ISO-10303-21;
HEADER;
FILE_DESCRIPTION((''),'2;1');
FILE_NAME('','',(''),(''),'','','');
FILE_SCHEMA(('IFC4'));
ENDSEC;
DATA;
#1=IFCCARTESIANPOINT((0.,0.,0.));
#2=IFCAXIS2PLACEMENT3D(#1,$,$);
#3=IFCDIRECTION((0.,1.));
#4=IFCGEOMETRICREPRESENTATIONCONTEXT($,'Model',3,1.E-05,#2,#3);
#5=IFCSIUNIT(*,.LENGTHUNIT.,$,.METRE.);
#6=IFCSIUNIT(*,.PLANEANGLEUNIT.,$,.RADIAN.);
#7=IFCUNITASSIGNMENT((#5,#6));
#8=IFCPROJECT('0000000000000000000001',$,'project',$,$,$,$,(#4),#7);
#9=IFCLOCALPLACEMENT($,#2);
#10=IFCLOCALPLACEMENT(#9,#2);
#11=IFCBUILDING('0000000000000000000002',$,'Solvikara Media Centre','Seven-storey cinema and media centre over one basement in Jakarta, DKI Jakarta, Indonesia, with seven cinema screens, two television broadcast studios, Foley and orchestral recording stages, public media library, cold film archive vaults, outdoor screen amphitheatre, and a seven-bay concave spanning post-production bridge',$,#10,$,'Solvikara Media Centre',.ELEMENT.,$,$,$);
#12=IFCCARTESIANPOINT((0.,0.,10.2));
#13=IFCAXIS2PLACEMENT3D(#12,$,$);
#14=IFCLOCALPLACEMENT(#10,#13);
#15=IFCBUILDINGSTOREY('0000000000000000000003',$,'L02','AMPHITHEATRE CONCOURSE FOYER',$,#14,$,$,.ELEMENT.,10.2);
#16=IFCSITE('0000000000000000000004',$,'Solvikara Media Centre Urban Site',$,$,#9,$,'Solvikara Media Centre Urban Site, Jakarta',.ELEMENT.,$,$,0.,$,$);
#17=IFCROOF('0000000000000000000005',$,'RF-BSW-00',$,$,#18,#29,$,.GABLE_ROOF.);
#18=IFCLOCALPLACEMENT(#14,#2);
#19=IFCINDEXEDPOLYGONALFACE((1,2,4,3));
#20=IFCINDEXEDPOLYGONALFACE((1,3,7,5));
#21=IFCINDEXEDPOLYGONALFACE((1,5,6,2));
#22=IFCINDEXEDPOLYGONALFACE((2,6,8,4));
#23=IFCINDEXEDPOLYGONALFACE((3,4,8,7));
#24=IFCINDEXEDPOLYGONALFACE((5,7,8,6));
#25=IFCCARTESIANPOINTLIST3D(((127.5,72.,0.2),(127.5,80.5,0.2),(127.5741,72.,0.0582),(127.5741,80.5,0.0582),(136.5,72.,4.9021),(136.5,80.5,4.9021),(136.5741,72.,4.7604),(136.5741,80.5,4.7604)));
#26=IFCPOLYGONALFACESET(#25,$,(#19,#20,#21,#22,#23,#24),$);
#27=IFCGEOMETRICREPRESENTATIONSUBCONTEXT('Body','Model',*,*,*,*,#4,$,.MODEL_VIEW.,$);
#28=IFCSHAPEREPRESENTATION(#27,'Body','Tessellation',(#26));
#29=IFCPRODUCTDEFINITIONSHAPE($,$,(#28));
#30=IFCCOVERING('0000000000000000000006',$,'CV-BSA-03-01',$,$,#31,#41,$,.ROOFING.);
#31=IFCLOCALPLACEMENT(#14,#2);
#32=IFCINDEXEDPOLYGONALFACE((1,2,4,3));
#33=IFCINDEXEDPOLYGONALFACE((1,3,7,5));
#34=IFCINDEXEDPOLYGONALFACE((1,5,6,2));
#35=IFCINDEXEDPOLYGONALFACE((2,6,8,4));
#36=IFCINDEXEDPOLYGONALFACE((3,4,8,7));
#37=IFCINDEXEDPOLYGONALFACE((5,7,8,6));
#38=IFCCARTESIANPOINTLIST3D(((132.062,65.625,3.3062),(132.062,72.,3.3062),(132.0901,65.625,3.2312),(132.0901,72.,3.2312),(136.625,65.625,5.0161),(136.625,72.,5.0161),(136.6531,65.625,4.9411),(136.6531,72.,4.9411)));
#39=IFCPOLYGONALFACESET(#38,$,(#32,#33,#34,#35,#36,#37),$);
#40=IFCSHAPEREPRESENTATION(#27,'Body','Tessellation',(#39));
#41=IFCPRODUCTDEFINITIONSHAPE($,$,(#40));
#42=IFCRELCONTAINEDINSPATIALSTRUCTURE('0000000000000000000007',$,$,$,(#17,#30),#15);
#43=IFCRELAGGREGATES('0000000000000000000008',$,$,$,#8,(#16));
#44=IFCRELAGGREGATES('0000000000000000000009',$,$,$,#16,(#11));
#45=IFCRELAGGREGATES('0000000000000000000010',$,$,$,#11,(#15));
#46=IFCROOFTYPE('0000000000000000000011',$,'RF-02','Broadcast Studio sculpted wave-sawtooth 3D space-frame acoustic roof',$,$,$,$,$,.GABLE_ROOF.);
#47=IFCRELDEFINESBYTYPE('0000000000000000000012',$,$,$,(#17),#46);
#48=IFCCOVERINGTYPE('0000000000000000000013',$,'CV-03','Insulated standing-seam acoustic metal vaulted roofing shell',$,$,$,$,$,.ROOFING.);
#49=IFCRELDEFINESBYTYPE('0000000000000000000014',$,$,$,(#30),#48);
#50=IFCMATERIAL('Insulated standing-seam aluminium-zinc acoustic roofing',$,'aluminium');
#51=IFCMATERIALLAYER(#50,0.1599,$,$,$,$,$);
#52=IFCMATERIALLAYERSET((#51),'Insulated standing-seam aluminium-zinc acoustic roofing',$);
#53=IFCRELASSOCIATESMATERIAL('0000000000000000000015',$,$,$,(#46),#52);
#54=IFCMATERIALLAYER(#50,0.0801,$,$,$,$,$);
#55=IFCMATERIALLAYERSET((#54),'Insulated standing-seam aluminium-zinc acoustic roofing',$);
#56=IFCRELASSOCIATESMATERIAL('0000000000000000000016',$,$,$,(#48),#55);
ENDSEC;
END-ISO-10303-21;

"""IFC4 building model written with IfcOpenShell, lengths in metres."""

from ifc_helpers import new_model, si_unit, direction, frame, origin, place, context, subcontext, project, spatial, polyline, outline, extrude, material, layer, layer_set, type_object, element, save


model = new_model("IFC4")

# Units and contexts
model_context = context("Model", 3, precision=1e-05, world=origin(), true_north=direction((0.0, 1.0)))
body_context = subcontext(model_context, "Body", "Model", "MODEL_VIEW")
ifc_project = project(units=[si_unit("LENGTHUNIT", "METRE"), si_unit("PLANEANGLEUNIT", "RADIAN")], contexts=[model_context])

# Site, building, storey
site_placement = place(None, origin())
site = spatial("IfcSite", under=ifc_project, at=site_placement, Name="Solvikara Media Centre Urban Site", LongName="Solvikara Media Centre Urban Site, Jakarta", CompositionType="ELEMENT", RefElevation=0.0)
building_placement = place(site_placement, origin())
building = spatial("IfcBuilding", under=site, at=building_placement, Name="Solvikara Media Centre", Description="Seven-storey cinema and media centre over one basement in Jakarta, DKI Jakarta, Indonesia, with seven cinema screens, two television broadcast studios, Foley and orchestral recording stages, public media library, cold film archive vaults, outdoor screen amphitheatre, and a seven-bay concave spanning post-production bridge", LongName="Solvikara Media Centre", CompositionType="ELEMENT")
storey_placement = place(building_placement, frame((0.0, 0.0, 10.2)))
storey = spatial("IfcBuildingStorey", under=building, at=storey_placement, Name="L02", Description="AMPHITHEATRE CONCOURSE FOYER", CompositionType="ELEMENT", Elevation=10.2)

# Roof
ifc_material_1 = material(Name="Insulated standing-seam aluminium-zinc acoustic roofing", Category="aluminium")
ifc_layer_1 = layer(ifc_material_1, 0.1599)
ifc_layer_set_1 = layer_set([ifc_layer_1], Name="Insulated standing-seam aluminium-zinc acoustic roofing")
roof_type = type_object("IfcRoofType", Name="RF-02", Description="Broadcast Studio sculpted wave-sawtooth 3D space-frame acoustic roof", PredefinedType="GABLE_ROOF", material=ifc_layer_set_1)
roof_1_placement = place(storey_placement, frame((127.5, 72.0, 0.2), z_axis=(-0.463069, 0.0, 0.886322), x_axis=(0.886322, 0.0, 0.463069)))
element("IfcRoof", 1, at=roof_1_placement, inside=storey, type_object=roof_type, Name="RF-BSW-00", PredefinedType="GABLE_ROOF", context=body_context, shape_type="SweptSolid", body=[
    extrude(outline(polyline([(0.0, 0.0), (10.1543, 0.0), (10.1543, 8.5), (0.0, 8.5), (0.0, 0.0)])), origin(), (0.0, 0.0, -1.0), 0.1599),
])

# Covering
ifc_layer_2 = layer(ifc_material_1, 0.0801)
ifc_layer_set_2 = layer_set([ifc_layer_2], Name="Insulated standing-seam aluminium-zinc acoustic roofing")
covering_type = type_object("IfcCoveringType", Name="CV-03", Description="Insulated standing-seam acoustic metal vaulted roofing shell", PredefinedType="ROOFING", material=ifc_layer_set_2)
covering_placement = place(storey_placement, frame((132.062, 65.625, 3.3062), z_axis=(-0.350915, 0.0, 0.936407), x_axis=(0.936407, 0.0, 0.350915)))
element("IfcCovering", 2, at=covering_placement, inside=storey, type_object=covering_type, Name="CV-BSA-03-01", PredefinedType="ROOFING", context=body_context, shape_type="SweptSolid", body=[
    extrude(outline(polyline([(0.0, 0.0), (4.8729, 0.0), (4.8729, 6.375), (0.0, 6.375), (0.0, 0.0)])), origin(), (0.0, 0.0, -1.0), 0.0801),
])

save(model, "model.ifc")
